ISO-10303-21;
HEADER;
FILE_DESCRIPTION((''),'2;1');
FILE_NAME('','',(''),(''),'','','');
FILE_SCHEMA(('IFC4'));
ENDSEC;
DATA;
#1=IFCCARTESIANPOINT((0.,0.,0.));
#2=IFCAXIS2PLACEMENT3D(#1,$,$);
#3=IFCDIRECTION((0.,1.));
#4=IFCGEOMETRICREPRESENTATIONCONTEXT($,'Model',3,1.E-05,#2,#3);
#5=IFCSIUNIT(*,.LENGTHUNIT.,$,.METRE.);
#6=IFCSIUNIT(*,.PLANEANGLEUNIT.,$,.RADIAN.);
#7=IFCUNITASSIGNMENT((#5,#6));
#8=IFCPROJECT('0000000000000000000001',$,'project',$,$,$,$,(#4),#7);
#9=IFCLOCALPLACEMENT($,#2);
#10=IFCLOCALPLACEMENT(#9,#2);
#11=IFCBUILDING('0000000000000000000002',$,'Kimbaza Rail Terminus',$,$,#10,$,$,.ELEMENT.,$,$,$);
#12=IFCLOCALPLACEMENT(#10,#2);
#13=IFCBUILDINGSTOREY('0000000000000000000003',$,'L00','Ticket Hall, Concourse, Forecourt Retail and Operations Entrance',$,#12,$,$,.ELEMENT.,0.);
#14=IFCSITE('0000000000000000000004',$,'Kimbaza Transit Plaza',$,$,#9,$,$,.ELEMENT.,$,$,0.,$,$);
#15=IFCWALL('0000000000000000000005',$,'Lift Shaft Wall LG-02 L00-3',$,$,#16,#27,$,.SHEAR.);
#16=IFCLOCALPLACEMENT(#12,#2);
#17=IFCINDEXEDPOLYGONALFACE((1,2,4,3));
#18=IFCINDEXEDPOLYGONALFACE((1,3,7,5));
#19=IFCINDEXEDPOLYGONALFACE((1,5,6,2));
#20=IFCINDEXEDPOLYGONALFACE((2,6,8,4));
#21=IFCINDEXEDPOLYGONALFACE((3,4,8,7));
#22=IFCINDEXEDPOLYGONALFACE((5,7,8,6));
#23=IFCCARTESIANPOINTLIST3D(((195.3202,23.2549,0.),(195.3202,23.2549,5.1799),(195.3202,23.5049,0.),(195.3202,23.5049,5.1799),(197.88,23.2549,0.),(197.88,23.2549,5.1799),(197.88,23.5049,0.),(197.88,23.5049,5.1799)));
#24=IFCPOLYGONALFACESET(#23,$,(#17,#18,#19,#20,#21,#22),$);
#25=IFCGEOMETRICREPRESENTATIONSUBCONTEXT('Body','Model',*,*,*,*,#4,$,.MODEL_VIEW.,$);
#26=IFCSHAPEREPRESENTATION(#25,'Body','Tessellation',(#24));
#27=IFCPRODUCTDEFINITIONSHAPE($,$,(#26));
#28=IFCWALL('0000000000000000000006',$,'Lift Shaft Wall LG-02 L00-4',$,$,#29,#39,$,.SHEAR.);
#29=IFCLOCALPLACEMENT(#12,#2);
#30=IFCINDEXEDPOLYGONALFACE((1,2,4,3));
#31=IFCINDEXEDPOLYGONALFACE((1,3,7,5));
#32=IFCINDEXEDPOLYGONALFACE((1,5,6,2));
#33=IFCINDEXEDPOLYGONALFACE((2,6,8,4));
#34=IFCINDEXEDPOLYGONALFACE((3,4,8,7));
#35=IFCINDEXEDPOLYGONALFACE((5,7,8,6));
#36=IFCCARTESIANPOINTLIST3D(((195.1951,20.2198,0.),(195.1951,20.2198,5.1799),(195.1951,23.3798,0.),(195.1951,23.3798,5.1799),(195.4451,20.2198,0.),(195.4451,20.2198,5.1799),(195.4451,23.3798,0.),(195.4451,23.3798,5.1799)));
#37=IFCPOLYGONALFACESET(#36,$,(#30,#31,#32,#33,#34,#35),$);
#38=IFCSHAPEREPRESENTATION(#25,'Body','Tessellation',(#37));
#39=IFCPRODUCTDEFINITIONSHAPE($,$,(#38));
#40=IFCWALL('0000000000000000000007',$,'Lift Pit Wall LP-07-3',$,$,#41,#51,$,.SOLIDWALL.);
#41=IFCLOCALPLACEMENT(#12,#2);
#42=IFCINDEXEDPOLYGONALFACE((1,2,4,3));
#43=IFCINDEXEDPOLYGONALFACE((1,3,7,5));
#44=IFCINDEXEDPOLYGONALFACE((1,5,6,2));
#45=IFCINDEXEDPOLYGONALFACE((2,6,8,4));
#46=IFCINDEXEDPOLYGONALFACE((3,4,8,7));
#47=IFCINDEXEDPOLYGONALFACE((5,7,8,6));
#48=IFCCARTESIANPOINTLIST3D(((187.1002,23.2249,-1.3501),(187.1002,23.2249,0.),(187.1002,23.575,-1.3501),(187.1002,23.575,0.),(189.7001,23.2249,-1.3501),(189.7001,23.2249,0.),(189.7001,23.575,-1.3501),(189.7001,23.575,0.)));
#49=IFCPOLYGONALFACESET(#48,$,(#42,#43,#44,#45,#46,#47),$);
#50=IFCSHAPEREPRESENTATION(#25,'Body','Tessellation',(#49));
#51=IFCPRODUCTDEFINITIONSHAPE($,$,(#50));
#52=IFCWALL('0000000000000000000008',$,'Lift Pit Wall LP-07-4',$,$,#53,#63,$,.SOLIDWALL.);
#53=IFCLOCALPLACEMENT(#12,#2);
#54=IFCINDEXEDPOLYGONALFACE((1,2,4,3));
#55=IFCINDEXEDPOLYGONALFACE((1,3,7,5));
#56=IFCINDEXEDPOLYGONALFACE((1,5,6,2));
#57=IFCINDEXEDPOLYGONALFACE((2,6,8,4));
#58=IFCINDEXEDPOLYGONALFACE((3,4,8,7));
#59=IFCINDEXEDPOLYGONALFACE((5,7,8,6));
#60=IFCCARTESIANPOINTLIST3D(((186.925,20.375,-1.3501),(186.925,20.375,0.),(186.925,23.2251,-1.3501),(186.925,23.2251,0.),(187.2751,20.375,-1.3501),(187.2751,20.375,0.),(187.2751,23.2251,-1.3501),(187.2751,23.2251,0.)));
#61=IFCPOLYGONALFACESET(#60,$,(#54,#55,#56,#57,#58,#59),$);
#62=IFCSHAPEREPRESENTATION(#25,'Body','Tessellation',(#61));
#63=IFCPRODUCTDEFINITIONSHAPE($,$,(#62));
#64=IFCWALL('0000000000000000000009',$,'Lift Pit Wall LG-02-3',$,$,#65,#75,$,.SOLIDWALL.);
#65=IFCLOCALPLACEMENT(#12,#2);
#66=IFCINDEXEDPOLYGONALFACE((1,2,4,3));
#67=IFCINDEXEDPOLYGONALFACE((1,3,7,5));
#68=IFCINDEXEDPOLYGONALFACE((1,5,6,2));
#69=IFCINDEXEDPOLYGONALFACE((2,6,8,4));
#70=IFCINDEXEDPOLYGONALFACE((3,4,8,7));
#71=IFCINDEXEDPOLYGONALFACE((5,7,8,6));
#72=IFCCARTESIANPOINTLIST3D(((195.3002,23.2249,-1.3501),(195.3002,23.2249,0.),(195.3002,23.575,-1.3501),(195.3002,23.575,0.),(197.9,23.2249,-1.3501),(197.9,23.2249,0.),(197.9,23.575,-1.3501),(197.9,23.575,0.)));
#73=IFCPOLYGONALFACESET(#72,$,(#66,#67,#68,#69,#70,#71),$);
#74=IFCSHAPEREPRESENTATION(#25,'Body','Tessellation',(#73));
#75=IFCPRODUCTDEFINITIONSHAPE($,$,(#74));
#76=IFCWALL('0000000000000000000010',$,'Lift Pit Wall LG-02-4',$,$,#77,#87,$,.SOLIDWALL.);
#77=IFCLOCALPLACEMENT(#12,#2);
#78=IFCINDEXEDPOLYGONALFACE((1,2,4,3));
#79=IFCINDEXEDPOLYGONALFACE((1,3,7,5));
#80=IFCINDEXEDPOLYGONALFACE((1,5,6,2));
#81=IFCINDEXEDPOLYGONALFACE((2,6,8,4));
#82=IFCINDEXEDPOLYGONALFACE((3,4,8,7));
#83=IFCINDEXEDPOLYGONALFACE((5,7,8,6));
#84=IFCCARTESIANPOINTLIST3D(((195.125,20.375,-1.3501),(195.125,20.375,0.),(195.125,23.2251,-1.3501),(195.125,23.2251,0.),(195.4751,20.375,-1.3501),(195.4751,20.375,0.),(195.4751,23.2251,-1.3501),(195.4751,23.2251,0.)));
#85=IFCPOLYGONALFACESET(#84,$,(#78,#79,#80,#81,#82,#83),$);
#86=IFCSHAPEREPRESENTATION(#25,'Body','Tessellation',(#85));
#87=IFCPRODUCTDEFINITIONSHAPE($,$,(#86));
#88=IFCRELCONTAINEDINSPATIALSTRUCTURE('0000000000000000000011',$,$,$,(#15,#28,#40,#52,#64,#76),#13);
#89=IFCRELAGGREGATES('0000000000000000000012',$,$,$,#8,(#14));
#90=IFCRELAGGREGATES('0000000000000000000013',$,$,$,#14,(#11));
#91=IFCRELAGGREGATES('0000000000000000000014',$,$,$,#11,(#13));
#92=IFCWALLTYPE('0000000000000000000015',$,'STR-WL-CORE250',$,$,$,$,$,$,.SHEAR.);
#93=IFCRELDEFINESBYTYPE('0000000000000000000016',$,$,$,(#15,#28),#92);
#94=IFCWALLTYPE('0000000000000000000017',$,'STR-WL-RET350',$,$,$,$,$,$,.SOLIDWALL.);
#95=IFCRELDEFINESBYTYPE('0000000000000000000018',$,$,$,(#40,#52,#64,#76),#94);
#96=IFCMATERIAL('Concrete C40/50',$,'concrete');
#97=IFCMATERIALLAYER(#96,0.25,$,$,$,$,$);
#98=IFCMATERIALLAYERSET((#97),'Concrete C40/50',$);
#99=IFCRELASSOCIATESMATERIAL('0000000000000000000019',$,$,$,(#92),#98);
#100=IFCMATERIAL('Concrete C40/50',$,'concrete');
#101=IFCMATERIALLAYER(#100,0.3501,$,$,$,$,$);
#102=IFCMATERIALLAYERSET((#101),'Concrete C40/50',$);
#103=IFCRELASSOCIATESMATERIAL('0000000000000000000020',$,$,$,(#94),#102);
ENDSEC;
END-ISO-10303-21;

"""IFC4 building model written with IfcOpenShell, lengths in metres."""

from ifc_helpers import new_model, si_unit, direction, frame, frame_2d, origin, place, context, subcontext, project, spatial, rectangle, extrude, material, layer, layer_set, type_object, element, save


model = new_model("IFC4")

# Units and contexts
model_context = context("Model", 3, precision=1e-05, world=origin(), true_north=direction((0.0, 1.0)))
body_context = subcontext(model_context, "Body", "Model", "MODEL_VIEW")
ifc_project = project(units=[si_unit("LENGTHUNIT", "METRE"), si_unit("PLANEANGLEUNIT", "RADIAN")], contexts=[model_context])

# Site, building, storey
site_placement = place(None, origin())
site = spatial("IfcSite", under=ifc_project, at=site_placement, Name="Kimbaza Transit Plaza", CompositionType="ELEMENT", RefElevation=0.0)
building_placement = place(site_placement, origin())
building = spatial("IfcBuilding", under=site, at=building_placement, Name="Kimbaza Rail Terminus", CompositionType="ELEMENT")
storey_placement = place(building_placement, origin())
storey = spatial("IfcBuildingStorey", under=building, at=storey_placement, Name="L00", Description="Ticket Hall, Concourse, Forecourt Retail and Operations Entrance", CompositionType="ELEMENT", Elevation=0.0)

# Walls
ifc_material_1 = material(Name="Concrete C40/50", Category="concrete")
ifc_layer_1 = layer(ifc_material_1, 0.25)
ifc_layer_set_1 = layer_set([ifc_layer_1], Name="Concrete C40/50")
wall_type_1 = type_object("IfcWallType", Name="STR-WL-CORE250", PredefinedType="SHEAR", material=ifc_layer_set_1)
wall_1_placement = place(storey_placement, frame((197.8799, 23.3799, 0.0), z_axis=(0.0, 0.0, 1.0), x_axis=(-1.0, 0.0, 0.0)))
element("IfcWall", 1, at=wall_1_placement, inside=storey, type_object=wall_type_1, Name="Lift Shaft Wall LG-02 L00-3", PredefinedType="SHEAR", context=body_context, shape_type="SweptSolid", body=[
    extrude(rectangle(XDim=2.5598, YDim=0.25, at=frame_2d((1.2798, 0.0))), origin(), (0.0, 0.0, 1.0), 5.1799),
])
wall_2_placement = place(storey_placement, frame((195.3201, 23.3799, 0.0), z_axis=(0.0, 0.0, 1.0), x_axis=(0.0, -1.0, 0.0)))
element("IfcWall", 2, at=wall_2_placement, inside=storey, type_object=wall_type_1, Name="Lift Shaft Wall LG-02 L00-4", PredefinedType="SHEAR", context=body_context, shape_type="SweptSolid", body=[
    extrude(rectangle(XDim=3.1599, YDim=0.25, at=frame_2d((1.5801, 0.0))), origin(), (0.0, 0.0, 1.0), 5.1799),
])
ifc_material_2 = material(Name="Concrete C40/50", Category="concrete")
ifc_layer_2 = layer(ifc_material_2, 0.3501)
ifc_layer_set_2 = layer_set([ifc_layer_2], Name="Concrete C40/50")
wall_type_2 = type_object("IfcWallType", Name="STR-WL-RET350", PredefinedType="SOLIDWALL", material=ifc_layer_set_2)
wall_3_placement = place(storey_placement, frame((189.7, 23.3999, -1.3501), z_axis=(0.0, 0.0, 1.0), x_axis=(-1.0, 0.0, 0.0)))
element("IfcWall", 3, at=wall_3_placement, inside=storey, type_object=wall_type_2, Name="Lift Pit Wall LP-07-3", PredefinedType="SOLIDWALL", context=body_context, shape_type="SweptSolid", body=[
    extrude(rectangle(XDim=2.5999, YDim=0.3501, at=frame_2d((1.2998, 0.0))), origin(), (0.0, 0.0, 1.0), 1.3501),
])
wall_4_placement = place(storey_placement, frame((187.1001, 23.2251, -1.3501), z_axis=(0.0, 0.0, 1.0), x_axis=(0.0, -1.0, 0.0)))
element("IfcWall", 4, at=wall_4_placement, inside=storey, type_object=wall_type_2, Name="Lift Pit Wall LP-07-4", PredefinedType="SOLIDWALL", context=body_context, shape_type="SweptSolid", body=[
    extrude(rectangle(XDim=2.8501, YDim=0.3501, at=frame_2d((1.425, 0.0))), origin(), (0.0, 0.0, 1.0), 1.3501),
])
wall_5_placement = place(storey_placement, frame((197.8999, 23.3999, -1.3501), z_axis=(0.0, 0.0, 1.0), x_axis=(-1.0, 0.0, 0.0)))
element("IfcWall", 5, at=wall_5_placement, inside=storey, type_object=wall_type_2, Name="Lift Pit Wall LG-02-3", PredefinedType="SOLIDWALL", context=body_context, shape_type="SweptSolid", body=[
    extrude(rectangle(XDim=2.5999, YDim=0.3501, at=frame_2d((1.2998, 0.0))), origin(), (0.0, 0.0, 1.0), 1.3501),
])
wall_6_placement = place(storey_placement, frame((195.3, 23.2251, -1.3501), z_axis=(0.0, 0.0, 1.0), x_axis=(0.0, -1.0, 0.0)))
element("IfcWall", 6, at=wall_6_placement, inside=storey, type_object=wall_type_2, Name="Lift Pit Wall LG-02-4", PredefinedType="SOLIDWALL", context=body_context, shape_type="SweptSolid", body=[
    extrude(rectangle(XDim=2.8501, YDim=0.3501, at=frame_2d((1.425, 0.0))), origin(), (0.0, 0.0, 1.0), 1.3501),
])

save(model, "model.ifc")
